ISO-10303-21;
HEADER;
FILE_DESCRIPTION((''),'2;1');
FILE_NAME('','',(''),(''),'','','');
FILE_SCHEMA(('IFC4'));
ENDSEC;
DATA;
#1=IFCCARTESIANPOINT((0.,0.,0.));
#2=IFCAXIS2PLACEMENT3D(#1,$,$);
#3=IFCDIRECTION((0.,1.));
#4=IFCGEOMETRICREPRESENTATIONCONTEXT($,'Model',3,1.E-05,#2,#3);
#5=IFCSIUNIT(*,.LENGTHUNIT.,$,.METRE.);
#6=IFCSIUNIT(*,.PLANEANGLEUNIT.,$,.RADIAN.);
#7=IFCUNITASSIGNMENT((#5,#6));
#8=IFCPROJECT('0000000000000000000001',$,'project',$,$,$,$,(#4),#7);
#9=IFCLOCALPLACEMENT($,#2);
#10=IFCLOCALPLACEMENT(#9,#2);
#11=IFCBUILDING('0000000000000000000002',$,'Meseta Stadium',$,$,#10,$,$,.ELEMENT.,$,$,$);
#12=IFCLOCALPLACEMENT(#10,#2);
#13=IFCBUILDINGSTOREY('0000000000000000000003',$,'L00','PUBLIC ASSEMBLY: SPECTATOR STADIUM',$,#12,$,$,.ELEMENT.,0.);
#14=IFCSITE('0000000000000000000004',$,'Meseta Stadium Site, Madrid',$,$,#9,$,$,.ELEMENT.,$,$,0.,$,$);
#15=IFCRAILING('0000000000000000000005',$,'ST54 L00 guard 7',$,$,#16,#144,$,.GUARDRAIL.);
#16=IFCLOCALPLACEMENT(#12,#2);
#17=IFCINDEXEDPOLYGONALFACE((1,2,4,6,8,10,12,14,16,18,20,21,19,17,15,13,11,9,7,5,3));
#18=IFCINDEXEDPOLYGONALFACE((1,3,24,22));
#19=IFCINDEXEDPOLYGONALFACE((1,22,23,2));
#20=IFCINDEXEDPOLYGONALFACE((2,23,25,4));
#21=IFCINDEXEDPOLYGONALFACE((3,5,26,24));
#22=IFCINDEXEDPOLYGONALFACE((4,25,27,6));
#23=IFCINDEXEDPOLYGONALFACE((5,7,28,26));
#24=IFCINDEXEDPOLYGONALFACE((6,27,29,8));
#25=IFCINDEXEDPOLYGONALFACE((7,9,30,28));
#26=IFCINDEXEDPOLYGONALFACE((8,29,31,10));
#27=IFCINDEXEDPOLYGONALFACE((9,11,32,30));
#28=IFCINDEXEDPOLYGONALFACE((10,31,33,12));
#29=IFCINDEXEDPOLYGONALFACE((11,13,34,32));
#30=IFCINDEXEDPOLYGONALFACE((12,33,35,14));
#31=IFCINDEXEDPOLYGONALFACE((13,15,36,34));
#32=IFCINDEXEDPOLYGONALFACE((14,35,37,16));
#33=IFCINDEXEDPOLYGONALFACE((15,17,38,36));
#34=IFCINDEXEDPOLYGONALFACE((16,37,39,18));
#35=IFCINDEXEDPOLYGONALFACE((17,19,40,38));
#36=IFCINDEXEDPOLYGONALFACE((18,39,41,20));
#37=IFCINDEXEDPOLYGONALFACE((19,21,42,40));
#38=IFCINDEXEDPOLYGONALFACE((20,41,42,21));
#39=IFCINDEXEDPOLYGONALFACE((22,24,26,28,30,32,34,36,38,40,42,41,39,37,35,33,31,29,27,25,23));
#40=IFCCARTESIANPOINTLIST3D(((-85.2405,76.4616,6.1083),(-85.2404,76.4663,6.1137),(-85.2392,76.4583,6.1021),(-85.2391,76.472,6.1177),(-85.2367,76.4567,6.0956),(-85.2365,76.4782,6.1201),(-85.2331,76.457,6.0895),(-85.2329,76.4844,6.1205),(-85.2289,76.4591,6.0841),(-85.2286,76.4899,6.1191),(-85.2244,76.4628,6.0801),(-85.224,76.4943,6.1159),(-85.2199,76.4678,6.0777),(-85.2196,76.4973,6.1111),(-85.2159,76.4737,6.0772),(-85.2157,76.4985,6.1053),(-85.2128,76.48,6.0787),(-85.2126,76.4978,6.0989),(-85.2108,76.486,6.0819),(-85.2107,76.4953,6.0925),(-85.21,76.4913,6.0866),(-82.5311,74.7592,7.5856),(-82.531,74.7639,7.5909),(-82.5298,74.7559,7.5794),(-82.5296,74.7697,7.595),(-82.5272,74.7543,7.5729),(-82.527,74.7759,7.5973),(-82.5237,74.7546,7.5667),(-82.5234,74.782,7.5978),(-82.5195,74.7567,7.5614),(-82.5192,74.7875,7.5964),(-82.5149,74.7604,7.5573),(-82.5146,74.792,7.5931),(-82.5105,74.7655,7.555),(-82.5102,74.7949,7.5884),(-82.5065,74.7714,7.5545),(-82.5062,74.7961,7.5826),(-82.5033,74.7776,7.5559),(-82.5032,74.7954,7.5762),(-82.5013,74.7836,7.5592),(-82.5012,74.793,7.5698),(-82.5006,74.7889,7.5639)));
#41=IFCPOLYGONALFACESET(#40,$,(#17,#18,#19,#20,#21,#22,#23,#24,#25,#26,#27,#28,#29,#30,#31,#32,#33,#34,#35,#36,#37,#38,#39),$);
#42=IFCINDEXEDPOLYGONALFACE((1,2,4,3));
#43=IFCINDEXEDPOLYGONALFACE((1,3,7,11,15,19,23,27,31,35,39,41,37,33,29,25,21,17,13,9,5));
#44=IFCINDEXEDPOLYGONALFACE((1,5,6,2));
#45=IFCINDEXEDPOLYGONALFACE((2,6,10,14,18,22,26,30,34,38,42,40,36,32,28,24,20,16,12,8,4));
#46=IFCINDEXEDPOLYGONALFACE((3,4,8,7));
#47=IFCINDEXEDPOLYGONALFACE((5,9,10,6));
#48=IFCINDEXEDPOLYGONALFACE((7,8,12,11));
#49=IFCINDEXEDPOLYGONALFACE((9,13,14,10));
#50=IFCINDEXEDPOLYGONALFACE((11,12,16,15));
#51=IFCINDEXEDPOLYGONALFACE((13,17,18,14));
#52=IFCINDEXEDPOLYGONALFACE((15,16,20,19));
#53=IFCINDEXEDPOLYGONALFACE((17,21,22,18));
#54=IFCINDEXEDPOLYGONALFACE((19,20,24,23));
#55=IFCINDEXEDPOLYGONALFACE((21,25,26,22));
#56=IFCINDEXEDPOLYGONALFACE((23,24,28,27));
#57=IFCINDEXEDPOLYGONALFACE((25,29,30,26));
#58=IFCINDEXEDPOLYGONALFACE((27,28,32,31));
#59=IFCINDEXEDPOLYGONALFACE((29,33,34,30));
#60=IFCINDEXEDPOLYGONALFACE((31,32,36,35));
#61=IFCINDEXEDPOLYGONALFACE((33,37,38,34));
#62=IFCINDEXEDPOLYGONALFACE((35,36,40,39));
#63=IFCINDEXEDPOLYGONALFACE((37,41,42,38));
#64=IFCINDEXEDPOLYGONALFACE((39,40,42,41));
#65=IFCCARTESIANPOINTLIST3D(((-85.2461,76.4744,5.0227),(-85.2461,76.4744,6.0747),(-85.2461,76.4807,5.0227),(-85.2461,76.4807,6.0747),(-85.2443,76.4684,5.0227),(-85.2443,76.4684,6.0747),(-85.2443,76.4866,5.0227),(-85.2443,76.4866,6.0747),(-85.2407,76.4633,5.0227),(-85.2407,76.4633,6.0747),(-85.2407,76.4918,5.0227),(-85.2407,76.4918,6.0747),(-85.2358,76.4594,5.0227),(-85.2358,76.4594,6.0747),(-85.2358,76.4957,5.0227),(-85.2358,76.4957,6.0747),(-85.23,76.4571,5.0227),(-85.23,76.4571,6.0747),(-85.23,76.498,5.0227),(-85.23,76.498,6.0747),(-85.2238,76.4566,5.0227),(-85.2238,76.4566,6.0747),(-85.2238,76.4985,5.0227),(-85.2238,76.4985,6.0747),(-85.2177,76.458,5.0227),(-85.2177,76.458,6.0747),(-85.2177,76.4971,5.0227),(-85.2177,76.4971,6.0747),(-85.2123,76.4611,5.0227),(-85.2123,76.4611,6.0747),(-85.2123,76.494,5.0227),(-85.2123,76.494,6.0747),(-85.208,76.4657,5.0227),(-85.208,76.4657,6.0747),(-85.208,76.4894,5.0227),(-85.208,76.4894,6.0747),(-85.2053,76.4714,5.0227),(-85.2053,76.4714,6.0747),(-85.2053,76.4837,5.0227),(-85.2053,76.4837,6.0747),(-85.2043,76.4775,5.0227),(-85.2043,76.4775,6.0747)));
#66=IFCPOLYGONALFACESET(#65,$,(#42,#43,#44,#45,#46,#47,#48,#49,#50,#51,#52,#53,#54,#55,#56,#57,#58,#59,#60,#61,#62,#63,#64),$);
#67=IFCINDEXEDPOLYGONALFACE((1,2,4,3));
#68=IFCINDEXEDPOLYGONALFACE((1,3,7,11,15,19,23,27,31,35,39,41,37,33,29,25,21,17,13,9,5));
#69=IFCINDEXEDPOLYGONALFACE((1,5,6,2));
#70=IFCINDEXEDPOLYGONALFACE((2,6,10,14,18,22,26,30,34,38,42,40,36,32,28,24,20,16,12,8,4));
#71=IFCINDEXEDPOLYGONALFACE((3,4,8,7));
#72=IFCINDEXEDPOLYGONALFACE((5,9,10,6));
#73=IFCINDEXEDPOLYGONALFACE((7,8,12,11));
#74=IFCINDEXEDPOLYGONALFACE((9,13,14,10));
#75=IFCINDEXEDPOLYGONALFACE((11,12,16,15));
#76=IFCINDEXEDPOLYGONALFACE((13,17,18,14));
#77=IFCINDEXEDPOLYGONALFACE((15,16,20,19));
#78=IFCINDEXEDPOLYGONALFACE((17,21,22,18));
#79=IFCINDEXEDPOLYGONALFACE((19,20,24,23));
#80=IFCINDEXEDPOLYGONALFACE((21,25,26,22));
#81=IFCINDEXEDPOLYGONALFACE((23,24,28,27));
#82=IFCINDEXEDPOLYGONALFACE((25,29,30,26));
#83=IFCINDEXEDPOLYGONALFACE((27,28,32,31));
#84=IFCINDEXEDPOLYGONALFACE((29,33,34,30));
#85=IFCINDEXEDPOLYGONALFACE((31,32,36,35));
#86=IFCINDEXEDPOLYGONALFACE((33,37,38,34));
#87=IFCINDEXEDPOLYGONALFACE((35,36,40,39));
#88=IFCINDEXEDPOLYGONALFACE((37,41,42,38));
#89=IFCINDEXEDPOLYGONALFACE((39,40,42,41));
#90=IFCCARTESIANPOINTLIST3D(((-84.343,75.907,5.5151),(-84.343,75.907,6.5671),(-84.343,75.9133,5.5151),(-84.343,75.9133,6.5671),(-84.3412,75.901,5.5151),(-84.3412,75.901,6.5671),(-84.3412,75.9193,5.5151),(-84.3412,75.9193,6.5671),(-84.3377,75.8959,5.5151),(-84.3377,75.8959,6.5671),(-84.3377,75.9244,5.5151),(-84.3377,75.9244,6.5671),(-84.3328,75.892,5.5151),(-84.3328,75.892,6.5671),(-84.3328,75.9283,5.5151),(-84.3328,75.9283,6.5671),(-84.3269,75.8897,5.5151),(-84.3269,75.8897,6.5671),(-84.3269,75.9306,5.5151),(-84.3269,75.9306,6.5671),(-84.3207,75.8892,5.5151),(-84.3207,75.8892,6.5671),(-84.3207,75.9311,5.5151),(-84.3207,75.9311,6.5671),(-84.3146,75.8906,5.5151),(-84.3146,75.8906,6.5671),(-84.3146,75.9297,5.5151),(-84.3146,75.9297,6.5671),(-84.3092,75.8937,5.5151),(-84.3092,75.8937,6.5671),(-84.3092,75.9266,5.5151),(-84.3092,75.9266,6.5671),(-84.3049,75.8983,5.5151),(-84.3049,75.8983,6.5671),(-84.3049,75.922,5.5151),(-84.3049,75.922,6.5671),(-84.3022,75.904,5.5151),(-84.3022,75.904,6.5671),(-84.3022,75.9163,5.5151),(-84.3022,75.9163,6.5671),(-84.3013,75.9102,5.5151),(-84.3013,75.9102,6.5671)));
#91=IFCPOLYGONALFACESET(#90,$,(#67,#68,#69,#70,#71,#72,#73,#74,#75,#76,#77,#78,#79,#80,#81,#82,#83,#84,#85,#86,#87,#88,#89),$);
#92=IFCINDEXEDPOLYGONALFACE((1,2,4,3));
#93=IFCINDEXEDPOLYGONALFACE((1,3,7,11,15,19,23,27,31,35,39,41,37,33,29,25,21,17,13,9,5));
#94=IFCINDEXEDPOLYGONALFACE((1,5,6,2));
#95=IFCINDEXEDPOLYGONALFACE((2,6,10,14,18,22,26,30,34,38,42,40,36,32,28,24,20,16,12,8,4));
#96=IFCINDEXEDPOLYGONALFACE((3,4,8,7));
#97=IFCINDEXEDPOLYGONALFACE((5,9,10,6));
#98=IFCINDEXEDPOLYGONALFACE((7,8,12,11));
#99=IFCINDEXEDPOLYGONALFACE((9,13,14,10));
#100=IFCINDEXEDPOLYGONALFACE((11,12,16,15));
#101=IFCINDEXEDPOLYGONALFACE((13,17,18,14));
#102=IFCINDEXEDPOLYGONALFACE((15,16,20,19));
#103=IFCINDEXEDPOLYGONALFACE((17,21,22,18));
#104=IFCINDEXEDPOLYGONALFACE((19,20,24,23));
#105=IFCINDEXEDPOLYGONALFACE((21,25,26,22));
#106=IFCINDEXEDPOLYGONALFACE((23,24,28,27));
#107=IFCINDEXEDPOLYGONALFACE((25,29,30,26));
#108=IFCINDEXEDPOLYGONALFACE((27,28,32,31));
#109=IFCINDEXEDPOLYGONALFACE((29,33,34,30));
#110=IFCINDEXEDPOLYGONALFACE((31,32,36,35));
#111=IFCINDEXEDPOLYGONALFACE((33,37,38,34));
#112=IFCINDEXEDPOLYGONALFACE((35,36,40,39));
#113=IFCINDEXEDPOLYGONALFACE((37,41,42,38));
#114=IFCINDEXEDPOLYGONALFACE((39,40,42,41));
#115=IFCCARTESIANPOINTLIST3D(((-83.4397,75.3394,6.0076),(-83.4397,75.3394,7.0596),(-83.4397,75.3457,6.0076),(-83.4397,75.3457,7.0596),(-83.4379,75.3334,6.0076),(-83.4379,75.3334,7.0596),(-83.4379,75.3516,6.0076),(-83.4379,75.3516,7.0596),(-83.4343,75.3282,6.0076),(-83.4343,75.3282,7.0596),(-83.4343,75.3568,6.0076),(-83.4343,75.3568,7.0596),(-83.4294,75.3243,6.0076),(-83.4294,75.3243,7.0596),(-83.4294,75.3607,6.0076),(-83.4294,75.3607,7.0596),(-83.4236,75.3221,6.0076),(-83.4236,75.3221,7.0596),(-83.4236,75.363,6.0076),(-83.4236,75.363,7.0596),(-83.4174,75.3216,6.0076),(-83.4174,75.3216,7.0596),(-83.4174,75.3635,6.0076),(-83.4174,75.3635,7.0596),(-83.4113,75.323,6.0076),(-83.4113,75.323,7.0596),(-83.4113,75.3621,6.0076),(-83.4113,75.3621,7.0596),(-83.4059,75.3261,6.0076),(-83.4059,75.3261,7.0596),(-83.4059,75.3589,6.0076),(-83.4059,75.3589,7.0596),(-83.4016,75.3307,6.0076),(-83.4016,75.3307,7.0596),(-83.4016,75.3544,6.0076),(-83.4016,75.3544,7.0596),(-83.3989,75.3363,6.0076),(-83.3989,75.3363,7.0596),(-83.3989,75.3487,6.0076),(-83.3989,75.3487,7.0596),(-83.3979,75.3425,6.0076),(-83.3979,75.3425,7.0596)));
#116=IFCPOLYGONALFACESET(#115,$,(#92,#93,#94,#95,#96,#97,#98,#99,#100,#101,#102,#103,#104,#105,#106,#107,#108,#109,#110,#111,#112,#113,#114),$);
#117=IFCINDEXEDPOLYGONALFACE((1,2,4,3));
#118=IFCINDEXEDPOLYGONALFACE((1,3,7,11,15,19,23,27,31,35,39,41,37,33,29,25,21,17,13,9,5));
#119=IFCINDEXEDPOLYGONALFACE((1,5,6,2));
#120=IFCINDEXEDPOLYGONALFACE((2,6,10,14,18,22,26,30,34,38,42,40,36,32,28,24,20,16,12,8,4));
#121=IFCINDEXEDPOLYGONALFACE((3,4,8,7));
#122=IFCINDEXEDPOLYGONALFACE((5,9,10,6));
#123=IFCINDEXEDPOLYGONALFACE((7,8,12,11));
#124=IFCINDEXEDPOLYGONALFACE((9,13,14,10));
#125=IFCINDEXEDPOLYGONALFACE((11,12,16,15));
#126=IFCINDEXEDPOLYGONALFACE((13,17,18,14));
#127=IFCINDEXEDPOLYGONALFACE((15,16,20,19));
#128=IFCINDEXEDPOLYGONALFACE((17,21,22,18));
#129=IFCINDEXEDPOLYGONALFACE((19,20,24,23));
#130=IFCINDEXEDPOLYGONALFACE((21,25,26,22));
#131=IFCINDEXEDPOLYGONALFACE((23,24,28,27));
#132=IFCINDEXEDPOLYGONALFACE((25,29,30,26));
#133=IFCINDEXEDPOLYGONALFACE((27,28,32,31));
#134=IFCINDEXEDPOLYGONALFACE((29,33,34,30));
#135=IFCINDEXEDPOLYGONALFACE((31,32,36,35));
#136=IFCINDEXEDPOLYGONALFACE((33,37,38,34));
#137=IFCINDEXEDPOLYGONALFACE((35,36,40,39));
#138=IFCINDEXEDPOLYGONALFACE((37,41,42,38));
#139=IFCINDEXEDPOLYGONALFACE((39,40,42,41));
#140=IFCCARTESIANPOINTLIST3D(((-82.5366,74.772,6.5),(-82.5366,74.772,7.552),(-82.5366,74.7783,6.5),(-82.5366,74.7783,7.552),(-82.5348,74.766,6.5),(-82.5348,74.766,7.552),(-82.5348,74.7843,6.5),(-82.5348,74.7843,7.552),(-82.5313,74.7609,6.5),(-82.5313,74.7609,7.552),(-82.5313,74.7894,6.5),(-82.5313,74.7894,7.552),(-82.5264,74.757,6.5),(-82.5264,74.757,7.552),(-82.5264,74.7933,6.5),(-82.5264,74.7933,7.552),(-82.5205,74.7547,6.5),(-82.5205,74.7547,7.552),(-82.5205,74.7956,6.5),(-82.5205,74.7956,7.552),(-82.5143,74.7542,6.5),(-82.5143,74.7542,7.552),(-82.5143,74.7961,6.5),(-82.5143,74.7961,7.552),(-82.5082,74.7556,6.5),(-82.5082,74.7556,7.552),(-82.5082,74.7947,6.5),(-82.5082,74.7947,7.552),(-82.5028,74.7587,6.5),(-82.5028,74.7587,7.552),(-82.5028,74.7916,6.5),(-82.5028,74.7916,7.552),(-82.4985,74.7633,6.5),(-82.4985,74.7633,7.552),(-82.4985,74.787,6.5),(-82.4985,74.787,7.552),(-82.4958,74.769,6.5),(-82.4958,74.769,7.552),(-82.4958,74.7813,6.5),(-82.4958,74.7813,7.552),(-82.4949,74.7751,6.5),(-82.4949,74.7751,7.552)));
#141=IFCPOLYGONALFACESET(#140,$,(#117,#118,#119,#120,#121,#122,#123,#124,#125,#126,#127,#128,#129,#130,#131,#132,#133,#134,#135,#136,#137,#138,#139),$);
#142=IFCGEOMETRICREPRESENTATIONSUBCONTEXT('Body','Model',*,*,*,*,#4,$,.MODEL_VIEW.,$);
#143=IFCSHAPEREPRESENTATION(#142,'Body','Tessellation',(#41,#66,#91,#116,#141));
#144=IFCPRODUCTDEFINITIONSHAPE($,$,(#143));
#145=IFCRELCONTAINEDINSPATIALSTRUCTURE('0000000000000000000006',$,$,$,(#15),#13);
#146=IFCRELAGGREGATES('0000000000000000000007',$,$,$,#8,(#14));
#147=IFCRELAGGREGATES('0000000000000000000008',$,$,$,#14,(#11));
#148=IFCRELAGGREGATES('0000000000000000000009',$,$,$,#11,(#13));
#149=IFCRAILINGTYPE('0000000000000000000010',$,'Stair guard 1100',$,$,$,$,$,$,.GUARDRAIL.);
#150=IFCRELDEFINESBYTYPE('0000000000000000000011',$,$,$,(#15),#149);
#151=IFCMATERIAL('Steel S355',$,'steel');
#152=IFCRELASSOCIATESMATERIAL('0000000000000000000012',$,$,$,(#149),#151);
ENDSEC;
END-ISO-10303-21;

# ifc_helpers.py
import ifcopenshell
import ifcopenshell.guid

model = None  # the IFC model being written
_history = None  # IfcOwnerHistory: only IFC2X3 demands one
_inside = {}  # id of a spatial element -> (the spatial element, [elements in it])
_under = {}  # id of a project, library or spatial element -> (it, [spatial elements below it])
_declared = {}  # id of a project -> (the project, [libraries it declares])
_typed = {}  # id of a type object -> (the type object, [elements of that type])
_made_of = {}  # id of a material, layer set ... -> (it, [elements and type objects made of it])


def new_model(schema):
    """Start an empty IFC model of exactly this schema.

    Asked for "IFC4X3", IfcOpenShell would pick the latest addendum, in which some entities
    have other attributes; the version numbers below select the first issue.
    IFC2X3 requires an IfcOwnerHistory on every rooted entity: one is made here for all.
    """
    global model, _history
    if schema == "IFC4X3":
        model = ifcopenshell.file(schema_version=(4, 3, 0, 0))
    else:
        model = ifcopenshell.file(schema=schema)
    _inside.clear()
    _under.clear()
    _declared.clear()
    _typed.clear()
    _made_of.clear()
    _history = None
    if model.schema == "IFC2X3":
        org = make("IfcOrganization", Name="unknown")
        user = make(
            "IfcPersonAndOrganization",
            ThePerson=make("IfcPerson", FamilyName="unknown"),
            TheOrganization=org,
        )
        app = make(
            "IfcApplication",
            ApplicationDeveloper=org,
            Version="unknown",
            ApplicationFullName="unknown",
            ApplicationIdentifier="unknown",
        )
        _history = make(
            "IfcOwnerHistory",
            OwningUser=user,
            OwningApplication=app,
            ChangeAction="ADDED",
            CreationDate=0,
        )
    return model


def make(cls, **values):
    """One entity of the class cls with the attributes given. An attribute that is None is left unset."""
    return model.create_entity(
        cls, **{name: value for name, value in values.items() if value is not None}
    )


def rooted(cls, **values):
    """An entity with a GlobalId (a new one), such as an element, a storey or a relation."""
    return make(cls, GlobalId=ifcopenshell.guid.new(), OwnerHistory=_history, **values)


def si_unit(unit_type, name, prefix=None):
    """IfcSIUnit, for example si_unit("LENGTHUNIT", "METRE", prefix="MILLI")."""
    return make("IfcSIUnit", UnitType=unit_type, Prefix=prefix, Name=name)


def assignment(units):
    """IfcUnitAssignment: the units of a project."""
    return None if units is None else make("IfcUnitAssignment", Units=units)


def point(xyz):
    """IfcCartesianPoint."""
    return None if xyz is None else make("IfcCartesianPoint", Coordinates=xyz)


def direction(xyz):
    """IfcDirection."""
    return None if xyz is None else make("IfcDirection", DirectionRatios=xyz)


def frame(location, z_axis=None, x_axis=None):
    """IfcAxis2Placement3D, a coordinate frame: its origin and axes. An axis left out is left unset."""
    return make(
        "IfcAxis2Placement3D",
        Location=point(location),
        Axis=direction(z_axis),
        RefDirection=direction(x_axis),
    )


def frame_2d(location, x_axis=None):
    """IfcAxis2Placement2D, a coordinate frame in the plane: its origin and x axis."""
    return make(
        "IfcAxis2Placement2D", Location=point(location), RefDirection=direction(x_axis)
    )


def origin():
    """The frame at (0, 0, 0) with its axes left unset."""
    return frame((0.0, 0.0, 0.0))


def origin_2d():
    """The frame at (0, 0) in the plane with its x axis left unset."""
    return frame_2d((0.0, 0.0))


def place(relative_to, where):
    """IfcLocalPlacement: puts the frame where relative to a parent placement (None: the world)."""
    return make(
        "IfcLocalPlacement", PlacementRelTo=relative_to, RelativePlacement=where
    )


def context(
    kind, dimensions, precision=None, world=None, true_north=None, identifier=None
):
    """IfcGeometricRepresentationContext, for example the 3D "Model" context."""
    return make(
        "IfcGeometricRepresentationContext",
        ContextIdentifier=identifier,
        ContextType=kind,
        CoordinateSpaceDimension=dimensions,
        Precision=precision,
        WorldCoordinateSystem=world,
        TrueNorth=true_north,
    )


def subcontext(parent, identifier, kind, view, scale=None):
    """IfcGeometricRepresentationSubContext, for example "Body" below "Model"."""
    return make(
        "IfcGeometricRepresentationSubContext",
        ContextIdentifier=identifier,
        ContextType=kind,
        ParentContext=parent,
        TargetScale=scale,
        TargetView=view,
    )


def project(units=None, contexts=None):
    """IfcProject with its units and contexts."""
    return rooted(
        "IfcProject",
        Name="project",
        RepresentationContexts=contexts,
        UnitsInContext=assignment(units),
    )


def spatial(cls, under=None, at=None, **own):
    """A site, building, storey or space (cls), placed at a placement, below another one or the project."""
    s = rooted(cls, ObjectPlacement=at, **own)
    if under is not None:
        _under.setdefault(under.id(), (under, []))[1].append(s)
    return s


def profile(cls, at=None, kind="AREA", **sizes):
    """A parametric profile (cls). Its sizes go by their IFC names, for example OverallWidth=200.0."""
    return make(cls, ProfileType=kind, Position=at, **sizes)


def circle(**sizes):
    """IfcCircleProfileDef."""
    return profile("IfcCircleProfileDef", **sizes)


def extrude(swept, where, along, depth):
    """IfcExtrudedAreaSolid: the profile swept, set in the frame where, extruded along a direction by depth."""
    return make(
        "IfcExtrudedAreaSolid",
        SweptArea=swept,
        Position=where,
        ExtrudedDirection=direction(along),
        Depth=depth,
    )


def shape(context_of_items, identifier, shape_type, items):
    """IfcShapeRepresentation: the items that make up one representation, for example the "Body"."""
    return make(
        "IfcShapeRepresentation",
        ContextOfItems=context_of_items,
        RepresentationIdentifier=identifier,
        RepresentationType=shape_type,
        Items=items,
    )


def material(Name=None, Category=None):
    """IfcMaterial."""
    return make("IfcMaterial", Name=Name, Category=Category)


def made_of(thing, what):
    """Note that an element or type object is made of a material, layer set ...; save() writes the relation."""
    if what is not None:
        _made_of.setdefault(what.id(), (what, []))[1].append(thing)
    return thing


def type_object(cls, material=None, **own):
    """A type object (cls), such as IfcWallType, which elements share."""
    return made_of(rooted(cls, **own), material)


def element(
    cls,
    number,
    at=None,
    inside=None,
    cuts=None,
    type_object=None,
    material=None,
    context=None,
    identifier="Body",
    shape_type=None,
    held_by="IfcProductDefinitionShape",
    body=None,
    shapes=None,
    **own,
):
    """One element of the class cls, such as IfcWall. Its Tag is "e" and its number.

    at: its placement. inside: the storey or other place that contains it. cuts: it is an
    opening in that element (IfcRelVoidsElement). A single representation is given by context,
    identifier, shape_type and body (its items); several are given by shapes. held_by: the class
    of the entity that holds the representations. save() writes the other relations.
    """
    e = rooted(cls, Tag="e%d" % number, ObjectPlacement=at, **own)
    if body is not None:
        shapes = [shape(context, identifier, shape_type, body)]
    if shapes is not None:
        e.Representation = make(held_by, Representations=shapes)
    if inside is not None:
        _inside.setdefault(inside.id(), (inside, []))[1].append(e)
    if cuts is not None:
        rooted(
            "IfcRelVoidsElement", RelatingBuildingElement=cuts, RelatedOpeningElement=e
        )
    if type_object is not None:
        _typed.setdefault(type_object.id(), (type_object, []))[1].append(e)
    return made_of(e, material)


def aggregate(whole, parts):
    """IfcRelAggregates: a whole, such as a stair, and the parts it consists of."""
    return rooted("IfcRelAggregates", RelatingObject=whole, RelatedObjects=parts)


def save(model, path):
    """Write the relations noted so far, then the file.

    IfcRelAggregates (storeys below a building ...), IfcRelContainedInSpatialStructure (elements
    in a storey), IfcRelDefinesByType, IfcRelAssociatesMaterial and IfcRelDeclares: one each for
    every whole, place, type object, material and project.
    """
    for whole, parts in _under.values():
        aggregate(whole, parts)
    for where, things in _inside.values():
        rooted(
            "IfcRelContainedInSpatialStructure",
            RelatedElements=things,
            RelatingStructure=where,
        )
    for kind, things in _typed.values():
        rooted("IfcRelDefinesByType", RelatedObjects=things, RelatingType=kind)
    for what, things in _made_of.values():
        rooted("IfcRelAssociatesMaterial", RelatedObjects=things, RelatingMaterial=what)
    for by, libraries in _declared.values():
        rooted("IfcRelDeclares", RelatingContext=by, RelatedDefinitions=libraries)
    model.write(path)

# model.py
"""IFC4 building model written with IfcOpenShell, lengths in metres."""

from ifc_helpers import new_model, si_unit, direction, frame, origin, origin_2d, place, context, subcontext, project, spatial, circle, extrude, material, type_object, element, save


model = new_model("IFC4")

# Units and contexts
model_context = context("Model", 3, precision=1e-05, world=origin(), true_north=direction((0.0, 1.0)))
body_context = subcontext(model_context, "Body", "Model", "MODEL_VIEW")
ifc_project = project(units=[si_unit("LENGTHUNIT", "METRE"), si_unit("PLANEANGLEUNIT", "RADIAN")], contexts=[model_context])

# Site, building, storey
site_placement = place(None, origin())
site = spatial("IfcSite", under=ifc_project, at=site_placement, Name="Meseta Stadium Site, Madrid", CompositionType="ELEMENT", RefElevation=0.0)
building_placement = place(site_placement, origin())
building = spatial("IfcBuilding", under=site, at=building_placement, Name="Meseta Stadium", CompositionType="ELEMENT")
storey_placement = place(building_placement, origin())
storey = spatial("IfcBuildingStorey", under=building, at=storey_placement, Name="L00", Description="PUBLIC ASSEMBLY: SPECTATOR STADIUM", CompositionType="ELEMENT", Elevation=0.0)

# Railing
ifc_material_1 = material(Name="Steel S355", Category="steel")
railing_type_1 = type_object("IfcRailingType", Name="Stair guard 1100", PredefinedType="GUARDRAIL", material=ifc_material_1)
railing_1_placement = place(storey_placement, frame((-85.2253, 76.4775, 5.0227)))
element("IfcRailing", 1, at=railing_1_placement, inside=storey, type_object=railing_type_1, Name="ST54 L00 guard 7", PredefinedType="GUARDRAIL", context=body_context, shape_type="SweptSolid", body=[
    extrude(circle(Radius=0.0239, at=origin_2d()), frame((0.0, 0.0, 1.0762), z_axis=(0.768764, -0.483023, 0.419156), x_axis=(0.532014, 0.846736, 0.0)), (0.0, 0.0, 1.0), 3.5244),
    extrude(circle(Radius=0.021, at=origin_2d()), origin(), (0.0, 0.0, 1.0), 1.052),
    extrude(circle(Radius=0.021, at=origin_2d()), frame((0.9031, -0.5674, 0.4924)), (0.0, 0.0, 1.0), 1.052),
    extrude(circle(Radius=0.021, at=origin_2d()), frame((1.8064, -1.135, 0.9849)), (0.0, 0.0, 1.0), 1.052),
    extrude(circle(Radius=0.021, at=origin_2d()), frame((2.7095, -1.7024, 1.4773)), (0.0, 0.0, 1.0), 1.052),
])

save(model, "model.ifc")
